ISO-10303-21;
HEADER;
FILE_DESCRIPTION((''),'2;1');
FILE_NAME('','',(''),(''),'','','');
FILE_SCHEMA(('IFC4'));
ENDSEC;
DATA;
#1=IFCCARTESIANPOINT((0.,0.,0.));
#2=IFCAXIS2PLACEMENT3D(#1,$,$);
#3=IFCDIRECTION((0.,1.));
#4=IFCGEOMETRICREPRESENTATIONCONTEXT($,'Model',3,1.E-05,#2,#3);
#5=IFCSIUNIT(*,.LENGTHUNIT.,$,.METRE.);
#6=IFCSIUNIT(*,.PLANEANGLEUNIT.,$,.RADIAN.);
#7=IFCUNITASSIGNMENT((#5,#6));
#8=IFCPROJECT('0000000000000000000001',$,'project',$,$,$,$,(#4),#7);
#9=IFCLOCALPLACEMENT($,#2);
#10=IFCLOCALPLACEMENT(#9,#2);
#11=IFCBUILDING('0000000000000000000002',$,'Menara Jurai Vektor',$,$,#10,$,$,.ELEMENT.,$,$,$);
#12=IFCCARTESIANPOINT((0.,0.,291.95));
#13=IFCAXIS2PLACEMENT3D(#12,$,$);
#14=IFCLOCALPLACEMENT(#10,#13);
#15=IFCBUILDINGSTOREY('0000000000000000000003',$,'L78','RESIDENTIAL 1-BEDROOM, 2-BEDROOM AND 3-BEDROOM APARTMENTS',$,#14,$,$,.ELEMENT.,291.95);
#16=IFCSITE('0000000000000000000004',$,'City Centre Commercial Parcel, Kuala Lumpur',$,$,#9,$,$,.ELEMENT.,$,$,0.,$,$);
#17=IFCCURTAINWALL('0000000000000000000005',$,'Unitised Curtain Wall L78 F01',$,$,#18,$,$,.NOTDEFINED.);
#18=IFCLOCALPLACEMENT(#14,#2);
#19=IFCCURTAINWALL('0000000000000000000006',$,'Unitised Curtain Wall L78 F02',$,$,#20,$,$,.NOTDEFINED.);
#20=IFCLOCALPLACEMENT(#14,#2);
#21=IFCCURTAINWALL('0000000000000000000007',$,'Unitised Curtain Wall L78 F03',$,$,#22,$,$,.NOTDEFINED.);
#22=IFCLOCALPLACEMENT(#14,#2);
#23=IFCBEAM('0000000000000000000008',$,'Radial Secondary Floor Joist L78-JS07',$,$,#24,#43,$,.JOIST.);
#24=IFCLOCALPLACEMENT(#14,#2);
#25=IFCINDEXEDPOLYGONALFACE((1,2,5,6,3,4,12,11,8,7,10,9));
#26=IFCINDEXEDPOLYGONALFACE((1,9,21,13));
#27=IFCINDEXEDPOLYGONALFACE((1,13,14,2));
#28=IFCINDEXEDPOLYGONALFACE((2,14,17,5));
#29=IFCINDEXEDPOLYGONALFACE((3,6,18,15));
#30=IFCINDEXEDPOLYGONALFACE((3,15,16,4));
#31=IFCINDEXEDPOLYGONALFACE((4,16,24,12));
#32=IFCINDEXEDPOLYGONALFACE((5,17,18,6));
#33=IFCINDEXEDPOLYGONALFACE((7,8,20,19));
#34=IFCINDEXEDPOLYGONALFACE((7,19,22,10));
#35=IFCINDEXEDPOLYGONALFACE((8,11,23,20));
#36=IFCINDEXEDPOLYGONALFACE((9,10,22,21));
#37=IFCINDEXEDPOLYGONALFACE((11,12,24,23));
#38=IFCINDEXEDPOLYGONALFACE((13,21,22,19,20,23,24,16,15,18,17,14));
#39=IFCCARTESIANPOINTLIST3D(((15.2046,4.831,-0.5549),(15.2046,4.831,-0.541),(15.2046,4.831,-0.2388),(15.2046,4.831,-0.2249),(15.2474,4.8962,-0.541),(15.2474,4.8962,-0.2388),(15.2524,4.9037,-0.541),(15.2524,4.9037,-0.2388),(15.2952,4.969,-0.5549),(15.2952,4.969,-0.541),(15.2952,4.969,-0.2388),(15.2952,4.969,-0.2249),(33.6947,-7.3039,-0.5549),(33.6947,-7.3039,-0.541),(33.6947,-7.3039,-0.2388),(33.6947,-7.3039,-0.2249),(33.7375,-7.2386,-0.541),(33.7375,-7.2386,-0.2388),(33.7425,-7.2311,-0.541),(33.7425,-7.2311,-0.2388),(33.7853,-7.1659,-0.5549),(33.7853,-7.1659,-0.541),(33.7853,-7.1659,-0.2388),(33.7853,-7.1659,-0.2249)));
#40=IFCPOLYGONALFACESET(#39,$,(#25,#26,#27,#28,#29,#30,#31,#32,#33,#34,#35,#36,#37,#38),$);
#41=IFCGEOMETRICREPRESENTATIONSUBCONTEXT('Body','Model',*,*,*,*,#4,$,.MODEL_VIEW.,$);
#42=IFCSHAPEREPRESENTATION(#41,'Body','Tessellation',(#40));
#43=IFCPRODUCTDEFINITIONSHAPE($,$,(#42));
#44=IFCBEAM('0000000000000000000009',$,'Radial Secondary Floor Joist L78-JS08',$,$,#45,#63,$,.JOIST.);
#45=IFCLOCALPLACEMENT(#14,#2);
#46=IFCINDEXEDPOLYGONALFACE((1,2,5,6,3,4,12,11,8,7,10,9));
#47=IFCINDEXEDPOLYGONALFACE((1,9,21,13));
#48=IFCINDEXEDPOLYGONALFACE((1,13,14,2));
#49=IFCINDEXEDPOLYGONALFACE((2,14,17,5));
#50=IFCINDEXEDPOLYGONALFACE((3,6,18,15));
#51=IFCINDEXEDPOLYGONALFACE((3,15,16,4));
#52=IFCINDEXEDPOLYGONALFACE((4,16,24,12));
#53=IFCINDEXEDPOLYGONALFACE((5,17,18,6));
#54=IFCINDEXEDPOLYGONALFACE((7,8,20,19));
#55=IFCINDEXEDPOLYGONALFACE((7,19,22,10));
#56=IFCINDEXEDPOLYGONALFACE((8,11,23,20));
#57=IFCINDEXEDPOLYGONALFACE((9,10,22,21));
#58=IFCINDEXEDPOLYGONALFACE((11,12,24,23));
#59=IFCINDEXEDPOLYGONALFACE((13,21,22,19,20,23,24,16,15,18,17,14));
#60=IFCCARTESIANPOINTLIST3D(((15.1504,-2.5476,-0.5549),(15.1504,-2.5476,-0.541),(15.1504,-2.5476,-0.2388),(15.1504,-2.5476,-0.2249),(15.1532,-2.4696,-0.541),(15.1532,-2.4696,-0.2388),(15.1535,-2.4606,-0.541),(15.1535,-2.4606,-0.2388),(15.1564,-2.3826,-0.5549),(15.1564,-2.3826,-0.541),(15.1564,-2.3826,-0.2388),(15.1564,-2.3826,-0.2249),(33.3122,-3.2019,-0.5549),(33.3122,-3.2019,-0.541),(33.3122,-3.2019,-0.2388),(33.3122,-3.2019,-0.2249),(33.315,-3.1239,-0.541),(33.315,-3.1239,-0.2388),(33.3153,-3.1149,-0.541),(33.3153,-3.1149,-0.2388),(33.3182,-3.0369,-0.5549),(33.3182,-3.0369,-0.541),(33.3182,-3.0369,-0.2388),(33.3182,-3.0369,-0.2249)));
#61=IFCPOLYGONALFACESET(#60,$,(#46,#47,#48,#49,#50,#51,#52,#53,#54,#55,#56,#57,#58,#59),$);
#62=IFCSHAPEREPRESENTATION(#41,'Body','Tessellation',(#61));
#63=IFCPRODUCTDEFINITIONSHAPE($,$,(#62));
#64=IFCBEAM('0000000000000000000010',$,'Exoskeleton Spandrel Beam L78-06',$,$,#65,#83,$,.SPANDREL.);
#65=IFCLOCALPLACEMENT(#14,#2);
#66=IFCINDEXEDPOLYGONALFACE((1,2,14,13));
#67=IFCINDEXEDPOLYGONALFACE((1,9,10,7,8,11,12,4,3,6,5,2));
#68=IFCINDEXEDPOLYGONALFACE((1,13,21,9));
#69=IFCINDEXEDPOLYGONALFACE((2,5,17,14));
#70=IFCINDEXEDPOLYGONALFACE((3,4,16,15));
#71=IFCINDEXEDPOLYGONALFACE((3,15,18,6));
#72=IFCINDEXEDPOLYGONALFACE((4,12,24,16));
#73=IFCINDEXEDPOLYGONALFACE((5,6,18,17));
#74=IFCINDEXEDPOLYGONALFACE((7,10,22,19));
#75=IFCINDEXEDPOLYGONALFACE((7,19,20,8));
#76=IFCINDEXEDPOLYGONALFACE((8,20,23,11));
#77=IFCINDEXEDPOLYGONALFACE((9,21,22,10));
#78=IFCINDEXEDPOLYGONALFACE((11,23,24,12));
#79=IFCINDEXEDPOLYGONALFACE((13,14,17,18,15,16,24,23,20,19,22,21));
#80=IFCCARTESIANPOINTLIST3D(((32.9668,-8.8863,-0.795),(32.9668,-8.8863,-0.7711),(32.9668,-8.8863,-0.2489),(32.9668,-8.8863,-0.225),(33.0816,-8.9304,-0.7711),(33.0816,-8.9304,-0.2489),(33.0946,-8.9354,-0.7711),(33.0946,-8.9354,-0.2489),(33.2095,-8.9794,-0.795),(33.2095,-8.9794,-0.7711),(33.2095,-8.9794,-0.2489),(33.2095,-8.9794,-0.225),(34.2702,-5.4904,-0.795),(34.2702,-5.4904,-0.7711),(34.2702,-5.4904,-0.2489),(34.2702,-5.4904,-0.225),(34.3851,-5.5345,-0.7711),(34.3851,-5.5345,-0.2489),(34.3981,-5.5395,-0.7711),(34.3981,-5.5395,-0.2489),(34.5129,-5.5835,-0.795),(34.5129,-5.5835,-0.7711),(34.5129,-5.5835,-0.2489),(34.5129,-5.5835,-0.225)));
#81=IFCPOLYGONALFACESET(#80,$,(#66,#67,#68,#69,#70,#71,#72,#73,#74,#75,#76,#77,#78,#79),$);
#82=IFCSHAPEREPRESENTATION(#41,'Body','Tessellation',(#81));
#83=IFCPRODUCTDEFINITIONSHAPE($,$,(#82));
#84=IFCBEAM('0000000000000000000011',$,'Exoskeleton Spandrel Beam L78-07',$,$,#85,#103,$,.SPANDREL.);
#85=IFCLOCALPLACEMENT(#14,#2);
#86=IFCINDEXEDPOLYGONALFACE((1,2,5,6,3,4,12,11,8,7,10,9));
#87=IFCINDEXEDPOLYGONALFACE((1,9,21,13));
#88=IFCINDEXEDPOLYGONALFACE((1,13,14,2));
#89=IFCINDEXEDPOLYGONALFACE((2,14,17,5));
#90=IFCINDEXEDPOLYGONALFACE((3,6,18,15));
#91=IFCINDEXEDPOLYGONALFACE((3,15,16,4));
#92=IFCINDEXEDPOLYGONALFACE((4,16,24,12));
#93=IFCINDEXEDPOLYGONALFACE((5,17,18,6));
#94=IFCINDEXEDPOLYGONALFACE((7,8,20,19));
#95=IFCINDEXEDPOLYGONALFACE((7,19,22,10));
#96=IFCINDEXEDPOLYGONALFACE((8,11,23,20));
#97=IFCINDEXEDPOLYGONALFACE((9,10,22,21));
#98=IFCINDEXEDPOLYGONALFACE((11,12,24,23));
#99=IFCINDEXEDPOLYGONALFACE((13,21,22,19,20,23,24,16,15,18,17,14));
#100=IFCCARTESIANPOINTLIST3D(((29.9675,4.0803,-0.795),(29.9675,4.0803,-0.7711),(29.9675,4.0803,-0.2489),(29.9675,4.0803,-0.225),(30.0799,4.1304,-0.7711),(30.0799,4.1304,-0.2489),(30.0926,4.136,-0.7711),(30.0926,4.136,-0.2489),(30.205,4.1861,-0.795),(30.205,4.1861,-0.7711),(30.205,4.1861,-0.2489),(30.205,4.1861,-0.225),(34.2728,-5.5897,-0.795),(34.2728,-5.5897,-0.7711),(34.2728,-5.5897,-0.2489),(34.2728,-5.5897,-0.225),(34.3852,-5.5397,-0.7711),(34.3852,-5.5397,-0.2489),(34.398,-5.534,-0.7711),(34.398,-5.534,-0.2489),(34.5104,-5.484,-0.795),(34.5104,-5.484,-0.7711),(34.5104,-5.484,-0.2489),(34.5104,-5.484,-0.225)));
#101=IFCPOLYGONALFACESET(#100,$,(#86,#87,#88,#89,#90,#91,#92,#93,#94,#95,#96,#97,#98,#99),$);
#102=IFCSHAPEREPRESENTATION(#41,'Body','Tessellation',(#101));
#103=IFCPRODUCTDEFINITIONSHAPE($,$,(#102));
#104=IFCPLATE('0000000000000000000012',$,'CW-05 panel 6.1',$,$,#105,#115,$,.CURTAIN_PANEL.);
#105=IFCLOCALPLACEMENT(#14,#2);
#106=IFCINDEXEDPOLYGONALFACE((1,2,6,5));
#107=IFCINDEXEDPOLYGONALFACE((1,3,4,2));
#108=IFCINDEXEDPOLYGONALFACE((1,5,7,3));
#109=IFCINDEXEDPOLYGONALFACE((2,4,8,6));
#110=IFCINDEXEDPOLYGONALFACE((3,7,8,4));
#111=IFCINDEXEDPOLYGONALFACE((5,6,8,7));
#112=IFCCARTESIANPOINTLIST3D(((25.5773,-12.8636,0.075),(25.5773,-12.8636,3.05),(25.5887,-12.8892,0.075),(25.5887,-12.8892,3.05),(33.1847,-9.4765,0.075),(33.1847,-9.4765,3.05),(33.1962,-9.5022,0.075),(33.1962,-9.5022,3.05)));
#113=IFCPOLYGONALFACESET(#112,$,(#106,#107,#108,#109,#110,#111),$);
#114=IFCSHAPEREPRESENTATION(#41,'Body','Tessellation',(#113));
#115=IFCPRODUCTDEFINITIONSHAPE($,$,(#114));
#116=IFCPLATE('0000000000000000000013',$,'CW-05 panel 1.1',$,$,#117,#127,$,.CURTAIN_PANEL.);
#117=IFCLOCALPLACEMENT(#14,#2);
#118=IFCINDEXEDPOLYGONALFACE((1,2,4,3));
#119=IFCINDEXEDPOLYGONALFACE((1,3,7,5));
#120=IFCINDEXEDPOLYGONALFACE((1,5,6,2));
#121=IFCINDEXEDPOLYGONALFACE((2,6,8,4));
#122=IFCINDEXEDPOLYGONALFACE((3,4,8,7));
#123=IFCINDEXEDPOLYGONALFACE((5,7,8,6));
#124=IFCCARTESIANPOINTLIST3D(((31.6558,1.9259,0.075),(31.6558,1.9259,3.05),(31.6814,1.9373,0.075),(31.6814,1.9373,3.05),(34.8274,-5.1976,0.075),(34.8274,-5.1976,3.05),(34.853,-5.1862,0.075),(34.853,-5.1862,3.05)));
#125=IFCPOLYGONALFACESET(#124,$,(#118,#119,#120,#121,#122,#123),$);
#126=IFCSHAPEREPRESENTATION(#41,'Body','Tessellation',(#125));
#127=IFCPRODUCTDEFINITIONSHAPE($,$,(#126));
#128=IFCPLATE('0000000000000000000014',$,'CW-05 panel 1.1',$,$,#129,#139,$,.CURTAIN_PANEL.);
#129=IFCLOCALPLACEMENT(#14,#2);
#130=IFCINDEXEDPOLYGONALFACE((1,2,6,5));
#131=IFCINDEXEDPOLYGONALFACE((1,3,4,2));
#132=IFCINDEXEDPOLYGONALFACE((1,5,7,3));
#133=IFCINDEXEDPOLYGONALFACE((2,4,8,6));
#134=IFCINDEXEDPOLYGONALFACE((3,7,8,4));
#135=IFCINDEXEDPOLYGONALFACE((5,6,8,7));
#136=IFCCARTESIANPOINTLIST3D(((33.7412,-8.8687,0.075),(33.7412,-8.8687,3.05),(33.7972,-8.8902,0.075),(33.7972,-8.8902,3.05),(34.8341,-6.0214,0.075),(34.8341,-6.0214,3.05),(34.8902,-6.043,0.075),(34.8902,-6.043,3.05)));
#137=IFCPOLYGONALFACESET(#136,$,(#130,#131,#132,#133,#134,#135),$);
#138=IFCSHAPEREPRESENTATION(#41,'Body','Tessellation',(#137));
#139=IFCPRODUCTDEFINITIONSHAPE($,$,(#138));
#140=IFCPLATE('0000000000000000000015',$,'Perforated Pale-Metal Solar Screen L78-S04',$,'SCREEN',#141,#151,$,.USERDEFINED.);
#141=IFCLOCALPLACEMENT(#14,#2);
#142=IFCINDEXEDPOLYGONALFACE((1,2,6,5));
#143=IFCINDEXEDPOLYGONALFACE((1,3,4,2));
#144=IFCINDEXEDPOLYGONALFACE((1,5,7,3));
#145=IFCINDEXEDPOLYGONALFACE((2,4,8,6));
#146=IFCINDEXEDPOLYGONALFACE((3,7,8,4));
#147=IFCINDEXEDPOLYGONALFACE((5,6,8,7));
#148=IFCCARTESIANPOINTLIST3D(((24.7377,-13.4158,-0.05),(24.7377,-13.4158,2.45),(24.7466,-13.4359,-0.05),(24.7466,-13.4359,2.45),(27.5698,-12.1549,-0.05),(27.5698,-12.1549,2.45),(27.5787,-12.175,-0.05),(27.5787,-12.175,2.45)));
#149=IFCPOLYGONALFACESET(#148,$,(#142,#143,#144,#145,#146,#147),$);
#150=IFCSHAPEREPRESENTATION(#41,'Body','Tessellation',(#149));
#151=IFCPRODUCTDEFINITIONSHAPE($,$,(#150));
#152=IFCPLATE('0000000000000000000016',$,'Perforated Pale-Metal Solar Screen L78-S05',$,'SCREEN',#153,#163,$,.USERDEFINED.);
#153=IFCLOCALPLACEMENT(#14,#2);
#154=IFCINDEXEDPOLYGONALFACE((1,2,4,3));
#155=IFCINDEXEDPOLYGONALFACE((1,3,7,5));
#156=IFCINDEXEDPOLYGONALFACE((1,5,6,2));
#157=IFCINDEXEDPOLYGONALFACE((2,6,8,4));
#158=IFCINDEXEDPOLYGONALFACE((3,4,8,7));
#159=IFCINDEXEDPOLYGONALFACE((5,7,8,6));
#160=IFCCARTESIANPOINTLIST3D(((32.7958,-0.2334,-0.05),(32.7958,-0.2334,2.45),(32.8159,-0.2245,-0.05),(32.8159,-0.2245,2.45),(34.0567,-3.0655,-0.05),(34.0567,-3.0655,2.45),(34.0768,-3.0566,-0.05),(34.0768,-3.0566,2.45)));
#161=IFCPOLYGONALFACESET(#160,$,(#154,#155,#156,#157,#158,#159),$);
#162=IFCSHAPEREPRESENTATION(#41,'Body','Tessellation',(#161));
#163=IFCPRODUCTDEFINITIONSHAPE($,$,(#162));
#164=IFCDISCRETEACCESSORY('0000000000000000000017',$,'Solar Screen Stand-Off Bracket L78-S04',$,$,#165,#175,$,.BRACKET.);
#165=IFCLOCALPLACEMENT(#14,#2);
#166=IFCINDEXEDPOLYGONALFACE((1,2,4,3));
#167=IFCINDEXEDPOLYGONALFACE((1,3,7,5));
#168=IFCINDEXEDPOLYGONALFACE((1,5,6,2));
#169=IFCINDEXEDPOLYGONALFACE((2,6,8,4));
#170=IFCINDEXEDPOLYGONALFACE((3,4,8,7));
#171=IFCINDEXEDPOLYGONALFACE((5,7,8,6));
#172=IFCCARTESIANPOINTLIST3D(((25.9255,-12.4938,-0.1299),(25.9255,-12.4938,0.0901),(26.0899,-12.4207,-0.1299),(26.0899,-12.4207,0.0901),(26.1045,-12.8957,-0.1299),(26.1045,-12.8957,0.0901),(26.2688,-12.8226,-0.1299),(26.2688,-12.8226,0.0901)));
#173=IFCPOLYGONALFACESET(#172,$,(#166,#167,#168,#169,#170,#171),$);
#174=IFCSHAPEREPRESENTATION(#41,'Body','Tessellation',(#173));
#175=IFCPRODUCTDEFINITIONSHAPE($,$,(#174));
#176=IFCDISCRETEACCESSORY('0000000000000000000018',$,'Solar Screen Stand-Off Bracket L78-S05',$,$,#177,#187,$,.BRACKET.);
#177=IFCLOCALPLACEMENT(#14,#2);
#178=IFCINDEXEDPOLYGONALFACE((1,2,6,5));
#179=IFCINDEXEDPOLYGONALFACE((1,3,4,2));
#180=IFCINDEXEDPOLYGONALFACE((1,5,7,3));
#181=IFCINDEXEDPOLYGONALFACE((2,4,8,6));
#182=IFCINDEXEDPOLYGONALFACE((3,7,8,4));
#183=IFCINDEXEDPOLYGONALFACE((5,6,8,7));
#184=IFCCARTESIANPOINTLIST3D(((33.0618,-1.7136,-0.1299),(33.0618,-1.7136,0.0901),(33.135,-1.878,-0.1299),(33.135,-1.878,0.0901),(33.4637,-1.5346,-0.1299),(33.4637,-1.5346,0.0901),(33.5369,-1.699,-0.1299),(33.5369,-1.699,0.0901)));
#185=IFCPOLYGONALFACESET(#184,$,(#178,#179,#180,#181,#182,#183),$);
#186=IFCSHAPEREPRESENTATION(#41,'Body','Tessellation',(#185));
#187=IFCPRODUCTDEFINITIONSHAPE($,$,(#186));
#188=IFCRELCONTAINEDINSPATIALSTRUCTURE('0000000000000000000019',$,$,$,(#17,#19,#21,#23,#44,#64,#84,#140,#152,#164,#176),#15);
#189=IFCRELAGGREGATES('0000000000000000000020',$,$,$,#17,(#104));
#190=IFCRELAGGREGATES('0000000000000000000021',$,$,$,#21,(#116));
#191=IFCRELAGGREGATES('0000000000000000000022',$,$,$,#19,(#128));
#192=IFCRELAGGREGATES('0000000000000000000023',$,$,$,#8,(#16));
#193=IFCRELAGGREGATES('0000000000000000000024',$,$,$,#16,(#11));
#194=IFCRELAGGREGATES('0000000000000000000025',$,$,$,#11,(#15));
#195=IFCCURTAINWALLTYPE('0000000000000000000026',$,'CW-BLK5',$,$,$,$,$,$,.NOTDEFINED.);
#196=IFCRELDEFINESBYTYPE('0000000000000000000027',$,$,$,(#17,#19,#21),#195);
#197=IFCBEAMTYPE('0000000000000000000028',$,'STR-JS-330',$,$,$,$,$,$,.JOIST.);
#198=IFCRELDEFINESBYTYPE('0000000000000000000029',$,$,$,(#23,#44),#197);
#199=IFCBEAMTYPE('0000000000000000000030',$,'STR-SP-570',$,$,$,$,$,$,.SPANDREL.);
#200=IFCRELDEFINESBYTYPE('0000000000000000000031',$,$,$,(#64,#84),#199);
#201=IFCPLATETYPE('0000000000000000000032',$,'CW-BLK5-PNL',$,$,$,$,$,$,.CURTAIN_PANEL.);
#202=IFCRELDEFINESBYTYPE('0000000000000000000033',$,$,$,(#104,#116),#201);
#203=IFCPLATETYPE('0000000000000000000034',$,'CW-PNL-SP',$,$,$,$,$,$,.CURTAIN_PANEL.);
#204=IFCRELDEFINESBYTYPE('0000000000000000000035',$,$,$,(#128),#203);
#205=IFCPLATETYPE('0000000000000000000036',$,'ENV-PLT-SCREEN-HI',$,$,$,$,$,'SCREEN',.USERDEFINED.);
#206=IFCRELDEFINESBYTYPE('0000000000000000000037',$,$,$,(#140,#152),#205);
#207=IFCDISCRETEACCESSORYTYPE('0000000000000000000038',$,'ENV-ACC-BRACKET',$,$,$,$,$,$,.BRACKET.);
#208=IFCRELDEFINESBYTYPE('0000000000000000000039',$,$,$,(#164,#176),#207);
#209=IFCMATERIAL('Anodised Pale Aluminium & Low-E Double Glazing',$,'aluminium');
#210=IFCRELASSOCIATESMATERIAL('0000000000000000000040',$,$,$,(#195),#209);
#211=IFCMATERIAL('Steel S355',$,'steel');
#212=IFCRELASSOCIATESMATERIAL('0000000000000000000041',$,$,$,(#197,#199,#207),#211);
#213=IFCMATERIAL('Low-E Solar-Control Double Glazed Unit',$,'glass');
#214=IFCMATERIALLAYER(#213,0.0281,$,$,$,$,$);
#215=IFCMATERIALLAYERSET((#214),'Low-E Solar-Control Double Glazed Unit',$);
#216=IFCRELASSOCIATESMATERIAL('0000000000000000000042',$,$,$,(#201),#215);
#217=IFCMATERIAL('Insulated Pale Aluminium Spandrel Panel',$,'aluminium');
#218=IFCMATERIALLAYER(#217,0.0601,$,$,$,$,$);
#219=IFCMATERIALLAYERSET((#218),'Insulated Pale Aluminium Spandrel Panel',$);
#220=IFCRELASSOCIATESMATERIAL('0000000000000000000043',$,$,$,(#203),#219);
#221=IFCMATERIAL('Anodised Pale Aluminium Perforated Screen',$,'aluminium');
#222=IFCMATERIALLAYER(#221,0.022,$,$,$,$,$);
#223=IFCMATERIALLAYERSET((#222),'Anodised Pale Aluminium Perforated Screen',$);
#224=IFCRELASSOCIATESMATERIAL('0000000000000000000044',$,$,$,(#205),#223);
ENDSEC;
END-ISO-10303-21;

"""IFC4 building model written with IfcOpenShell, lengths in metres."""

from ifc_helpers import new_model, si_unit, direction, frame, origin, origin_2d, place, context, subcontext, project, spatial, rectangle, i_section, extrude, material, layer, layer_set, material_profile, profile_set, type_object, element, aggregate, save


model = new_model("IFC4")

# Units and contexts
model_context = context("Model", 3, precision=1e-05, world=origin(), true_north=direction((0.0, 1.0)))
body_context = subcontext(model_context, "Body", "Model", "MODEL_VIEW")
ifc_project = project(units=[si_unit("LENGTHUNIT", "METRE"), si_unit("PLANEANGLEUNIT", "RADIAN")], contexts=[model_context])

# Site, building, storey
site_placement = place(None, origin())
site = spatial("IfcSite", under=ifc_project, at=site_placement, Name="City Centre Commercial Parcel, Kuala Lumpur", CompositionType="ELEMENT", RefElevation=0.0)
building_placement = place(site_placement, origin())
building = spatial("IfcBuilding", under=site, at=building_placement, Name="Menara Jurai Vektor", CompositionType="ELEMENT")
storey_placement = place(building_placement, frame((0.0, 0.0, 291.95)))
storey = spatial("IfcBuildingStorey", under=building, at=storey_placement, Name="L78", Description="RESIDENTIAL 1-BEDROOM, 2-BEDROOM AND 3-BEDROOM APARTMENTS", CompositionType="ELEMENT", Elevation=291.95)

# Curtain walls
ifc_material_1 = material(Name="Anodised Pale Aluminium & Low-E Double Glazing", Category="aluminium")
curtain_wall_type = type_object("IfcCurtainWallType", Name="CW-BLK5", PredefinedType="NOTDEFINED", material=ifc_material_1)
curtain_wall_1_placement = place(storey_placement, origin())
curtain_wall_1 = element("IfcCurtainWall", 1, at=curtain_wall_1_placement, inside=storey, type_object=curtain_wall_type, Name="Unitised Curtain Wall L78 F01", PredefinedType="NOTDEFINED")
curtain_wall_2_placement = place(storey_placement, origin())
curtain_wall_2 = element("IfcCurtainWall", 2, at=curtain_wall_2_placement, inside=storey, type_object=curtain_wall_type, Name="Unitised Curtain Wall L78 F02", PredefinedType="NOTDEFINED")

# Curtain wall
curtain_wall_3_placement = place(storey_placement, origin())
curtain_wall_3 = element("IfcCurtainWall", 3, at=curtain_wall_3_placement, inside=storey, type_object=curtain_wall_type, Name="Unitised Curtain Wall L78 F03", PredefinedType="NOTDEFINED")

# Shared definitions
ifc_material_2 = material(Name="Steel S355", Category="steel")

# Beams
ifc_material_profile_1 = material_profile(ifc_material_2, i_section(OverallWidth=0.165, OverallDepth=0.3301, WebThickness=0.009, FlangeThickness=0.0139, at=origin_2d()), Name="PG 330x165x46")
ifc_profile_set_1 = profile_set([ifc_material_profile_1], Name="Steel S355")
beam_type_1 = type_object("IfcBeamType", Name="STR-JS-330", PredefinedType="JOIST", material=ifc_profile_set_1)
beam_1_placement = place(storey_placement, frame((33.74, -7.2349, -0.3899), z_axis=(-0.836033, 0.548679, 0.0), x_axis=(-0.548679, -0.836033, 0.0)))
element("IfcBeam", 4, at=beam_1_placement, inside=storey, type_object=beam_type_1, Name="Radial Secondary Floor Joist L78-JS07", PredefinedType="JOIST", context=body_context, shape_type="SweptSolid", body=[
    extrude(i_section(OverallWidth=0.165, OverallDepth=0.3301, WebThickness=0.009, FlangeThickness=0.0139, at=origin_2d()), origin(), (0.0, 0.0, 1.0), 22.1165),
])
beam_2_placement = place(storey_placement, frame((33.3152, -3.1194, -0.3899), z_axis=(-0.999352, 0.036003, 0.0), x_axis=(-0.036003, -0.999352, 0.0)))
element("IfcBeam", 5, at=beam_2_placement, inside=storey, type_object=beam_type_1, Name="Radial Secondary Floor Joist L78-JS08", PredefinedType="JOIST", context=body_context, shape_type="SweptSolid", body=[
    extrude(i_section(OverallWidth=0.165, OverallDepth=0.3301, WebThickness=0.009, FlangeThickness=0.0139, at=origin_2d()), origin(), (0.0, 0.0, 1.0), 18.1736),
])
ifc_material_profile_2 = material_profile(ifc_material_2, i_section(OverallWidth=0.26, OverallDepth=0.5701, WebThickness=0.0139, FlangeThickness=0.0239, at=origin_2d()), Name="PG 570x260x145")
ifc_profile_set_2 = profile_set([ifc_material_profile_2], Name="Steel S355")
beam_type_2 = type_object("IfcBeamType", Name="STR-SP-570", PredefinedType="SPANDREL", material=ifc_profile_set_2)
beam_3_placement = place(storey_placement, frame((33.0881, -8.9329, -0.51), z_axis=(0.358336, 0.933593, 0.0), x_axis=(-0.933593, 0.358336, 0.0)))
element("IfcBeam", 6, at=beam_3_placement, inside=storey, type_object=beam_type_2, Name="Exoskeleton Spandrel Beam L78-06", PredefinedType="SPANDREL", context=body_context, shape_type="SweptSolid", body=[
    extrude(i_section(OverallWidth=0.26, OverallDepth=0.5701, WebThickness=0.0139, FlangeThickness=0.0239, at=origin_2d()), origin(), (0.0, 0.0, 1.0), 3.6375),
])
beam_4_placement = place(storey_placement, frame((34.3916, -5.5369, -0.51), z_axis=(-0.406735, 0.913546, 0.0), x_axis=(-0.913546, -0.406735, 0.0)))
element("IfcBeam", 7, at=beam_4_placement, inside=storey, type_object=beam_type_2, Name="Exoskeleton Spandrel Beam L78-07", PredefinedType="SPANDREL", context=body_context, shape_type="SweptSolid", body=[
    extrude(i_section(OverallWidth=0.26, OverallDepth=0.5701, WebThickness=0.0139, FlangeThickness=0.0239, at=origin_2d()), origin(), (0.0, 0.0, 1.0), 10.5852),
])

# Plates
ifc_material_3 = material(Name="Low-E Solar-Control Double Glazed Unit", Category="glass")
ifc_layer_1 = layer(ifc_material_3, 0.0281)
ifc_layer_set_1 = layer_set([ifc_layer_1], Name="Low-E Solar-Control Double Glazed Unit")
plate_type_1 = type_object("IfcPlateType", Name="CW-BLK5-PNL", PredefinedType="CURTAIN_PANEL", material=ifc_layer_set_1)
plate_1_placement = place(storey_placement, frame((29.3867, -11.1829, 0.075), z_axis=(0.0, 0.0, 1.0), x_axis=(0.913546, 0.406735, 0.0)))
plate_1 = element("IfcPlate", 8, at=plate_1_placement, type_object=plate_type_1, Name="CW-05 panel 6.1", PredefinedType="CURTAIN_PANEL", context=body_context, shape_type="SweptSolid", body=[
    extrude(rectangle(XDim=8.3274, YDim=0.0281, at=origin_2d()), origin(), (0.0, 0.0, 1.0), 2.9751),
])
aggregate(curtain_wall_1, [plate_1])
plate_2_placement = place(storey_placement, frame((33.2544, -1.6301, 0.075), z_axis=(0.0, 0.0, 1.0), x_axis=(-0.406735, 0.913546, 0.0)))
plate_2 = element("IfcPlate", 9, at=plate_2_placement, type_object=plate_type_1, Name="CW-05 panel 1.1", PredefinedType="CURTAIN_PANEL", context=body_context, shape_type="SweptSolid", body=[
    extrude(rectangle(XDim=7.7976, YDim=0.0281, at=origin_2d()), origin(), (0.0, 0.0, 1.0), 2.9751),
])
aggregate(curtain_wall_3, [plate_2])
ifc_material_4 = material(Name="Insulated Pale Aluminium Spandrel Panel", Category="aluminium")
ifc_layer_2 = layer(ifc_material_4, 0.0601)
ifc_layer_set_2 = layer_set([ifc_layer_2], Name="Insulated Pale Aluminium Spandrel Panel")
plate_type_2 = type_object("IfcPlateType", Name="CW-PNL-SP", PredefinedType="CURTAIN_PANEL", material=ifc_layer_set_2)
plate_3_placement = place(storey_placement, frame((34.3157, -7.4558, 0.075), z_axis=(0.0, 0.0, 1.0), x_axis=(0.358374, 0.933578, 0.0)))
plate_3 = element("IfcPlate", 10, at=plate_3_placement, type_object=plate_type_2, Name="CW-05 panel 1.1", PredefinedType="CURTAIN_PANEL", context=body_context, shape_type="SweptSolid", body=[
    extrude(rectangle(XDim=3.0498, YDim=0.0601, at=origin_2d()), origin(), (0.0, 0.0, 1.0), 2.9751),
])
aggregate(curtain_wall_2, [plate_3])

# Plates
ifc_material_5 = material(Name="Anodised Pale Aluminium Perforated Screen", Category="aluminium")
ifc_layer_3 = layer(ifc_material_5, 0.022)
ifc_layer_set_3 = layer_set([ifc_layer_3], Name="Anodised Pale Aluminium Perforated Screen")
plate_type_3 = type_object("IfcPlateType", Name="ENV-PLT-SCREEN-HI", ElementType="SCREEN", PredefinedType="USERDEFINED", material=ifc_layer_set_3)
for number, where, z_axis, x_axis, name in (
    (11, (26.1582, -12.7954, -0.05), (0.0, 0.0, 1.0), (0.913545, 0.406737, 0.0), "Perforated Pale-Metal Solar Screen L78-S04"),
    (12, (33.4363, -1.645, -0.05), (0.0, 0.0, 1.0), (-0.406737, 0.913545, 0.0), "Perforated Pale-Metal Solar Screen L78-S05"),
):
    element("IfcPlate", number, at=place(storey_placement, frame(where, z_axis=z_axis, x_axis=x_axis)), inside=storey, type_object=plate_type_3, Name=name, ObjectType="SCREEN", PredefinedType="USERDEFINED", context=body_context, shape_type="SweptSolid", body=[
        extrude(rectangle(XDim=3.1001, YDim=0.022, at=origin_2d()), origin(), (0.0, 0.0, 1.0), 2.5),
    ])

# Discrete accessories
discrete_accessory_type = type_object("IfcDiscreteAccessoryType", Name="ENV-ACC-BRACKET", PredefinedType="BRACKET", material=ifc_material_2)
for number, where, z_axis, x_axis, name in (
    (13, (26.0972, -12.6582, -0.1299), (0.0, 0.0, 1.0), (0.913545, 0.406737, 0.0), "Solar Screen Stand-Off Bracket L78-S04"),
    (14, (33.2993, -1.7063, -0.1299), (0.0, 0.0, 1.0), (-0.406737, 0.913545, 0.0), "Solar Screen Stand-Off Bracket L78-S05"),
):
    element("IfcDiscreteAccessory", number, at=place(storey_placement, frame(where, z_axis=z_axis, x_axis=x_axis)), inside=storey, type_object=discrete_accessory_type, Name=name, PredefinedType="BRACKET", context=body_context, shape_type="SweptSolid", body=[
        extrude(rectangle(XDim=0.1799, YDim=0.4399, at=origin_2d()), origin(), (0.0, 0.0, 1.0), 0.22),
    ])

save(model, "model.ifc")
